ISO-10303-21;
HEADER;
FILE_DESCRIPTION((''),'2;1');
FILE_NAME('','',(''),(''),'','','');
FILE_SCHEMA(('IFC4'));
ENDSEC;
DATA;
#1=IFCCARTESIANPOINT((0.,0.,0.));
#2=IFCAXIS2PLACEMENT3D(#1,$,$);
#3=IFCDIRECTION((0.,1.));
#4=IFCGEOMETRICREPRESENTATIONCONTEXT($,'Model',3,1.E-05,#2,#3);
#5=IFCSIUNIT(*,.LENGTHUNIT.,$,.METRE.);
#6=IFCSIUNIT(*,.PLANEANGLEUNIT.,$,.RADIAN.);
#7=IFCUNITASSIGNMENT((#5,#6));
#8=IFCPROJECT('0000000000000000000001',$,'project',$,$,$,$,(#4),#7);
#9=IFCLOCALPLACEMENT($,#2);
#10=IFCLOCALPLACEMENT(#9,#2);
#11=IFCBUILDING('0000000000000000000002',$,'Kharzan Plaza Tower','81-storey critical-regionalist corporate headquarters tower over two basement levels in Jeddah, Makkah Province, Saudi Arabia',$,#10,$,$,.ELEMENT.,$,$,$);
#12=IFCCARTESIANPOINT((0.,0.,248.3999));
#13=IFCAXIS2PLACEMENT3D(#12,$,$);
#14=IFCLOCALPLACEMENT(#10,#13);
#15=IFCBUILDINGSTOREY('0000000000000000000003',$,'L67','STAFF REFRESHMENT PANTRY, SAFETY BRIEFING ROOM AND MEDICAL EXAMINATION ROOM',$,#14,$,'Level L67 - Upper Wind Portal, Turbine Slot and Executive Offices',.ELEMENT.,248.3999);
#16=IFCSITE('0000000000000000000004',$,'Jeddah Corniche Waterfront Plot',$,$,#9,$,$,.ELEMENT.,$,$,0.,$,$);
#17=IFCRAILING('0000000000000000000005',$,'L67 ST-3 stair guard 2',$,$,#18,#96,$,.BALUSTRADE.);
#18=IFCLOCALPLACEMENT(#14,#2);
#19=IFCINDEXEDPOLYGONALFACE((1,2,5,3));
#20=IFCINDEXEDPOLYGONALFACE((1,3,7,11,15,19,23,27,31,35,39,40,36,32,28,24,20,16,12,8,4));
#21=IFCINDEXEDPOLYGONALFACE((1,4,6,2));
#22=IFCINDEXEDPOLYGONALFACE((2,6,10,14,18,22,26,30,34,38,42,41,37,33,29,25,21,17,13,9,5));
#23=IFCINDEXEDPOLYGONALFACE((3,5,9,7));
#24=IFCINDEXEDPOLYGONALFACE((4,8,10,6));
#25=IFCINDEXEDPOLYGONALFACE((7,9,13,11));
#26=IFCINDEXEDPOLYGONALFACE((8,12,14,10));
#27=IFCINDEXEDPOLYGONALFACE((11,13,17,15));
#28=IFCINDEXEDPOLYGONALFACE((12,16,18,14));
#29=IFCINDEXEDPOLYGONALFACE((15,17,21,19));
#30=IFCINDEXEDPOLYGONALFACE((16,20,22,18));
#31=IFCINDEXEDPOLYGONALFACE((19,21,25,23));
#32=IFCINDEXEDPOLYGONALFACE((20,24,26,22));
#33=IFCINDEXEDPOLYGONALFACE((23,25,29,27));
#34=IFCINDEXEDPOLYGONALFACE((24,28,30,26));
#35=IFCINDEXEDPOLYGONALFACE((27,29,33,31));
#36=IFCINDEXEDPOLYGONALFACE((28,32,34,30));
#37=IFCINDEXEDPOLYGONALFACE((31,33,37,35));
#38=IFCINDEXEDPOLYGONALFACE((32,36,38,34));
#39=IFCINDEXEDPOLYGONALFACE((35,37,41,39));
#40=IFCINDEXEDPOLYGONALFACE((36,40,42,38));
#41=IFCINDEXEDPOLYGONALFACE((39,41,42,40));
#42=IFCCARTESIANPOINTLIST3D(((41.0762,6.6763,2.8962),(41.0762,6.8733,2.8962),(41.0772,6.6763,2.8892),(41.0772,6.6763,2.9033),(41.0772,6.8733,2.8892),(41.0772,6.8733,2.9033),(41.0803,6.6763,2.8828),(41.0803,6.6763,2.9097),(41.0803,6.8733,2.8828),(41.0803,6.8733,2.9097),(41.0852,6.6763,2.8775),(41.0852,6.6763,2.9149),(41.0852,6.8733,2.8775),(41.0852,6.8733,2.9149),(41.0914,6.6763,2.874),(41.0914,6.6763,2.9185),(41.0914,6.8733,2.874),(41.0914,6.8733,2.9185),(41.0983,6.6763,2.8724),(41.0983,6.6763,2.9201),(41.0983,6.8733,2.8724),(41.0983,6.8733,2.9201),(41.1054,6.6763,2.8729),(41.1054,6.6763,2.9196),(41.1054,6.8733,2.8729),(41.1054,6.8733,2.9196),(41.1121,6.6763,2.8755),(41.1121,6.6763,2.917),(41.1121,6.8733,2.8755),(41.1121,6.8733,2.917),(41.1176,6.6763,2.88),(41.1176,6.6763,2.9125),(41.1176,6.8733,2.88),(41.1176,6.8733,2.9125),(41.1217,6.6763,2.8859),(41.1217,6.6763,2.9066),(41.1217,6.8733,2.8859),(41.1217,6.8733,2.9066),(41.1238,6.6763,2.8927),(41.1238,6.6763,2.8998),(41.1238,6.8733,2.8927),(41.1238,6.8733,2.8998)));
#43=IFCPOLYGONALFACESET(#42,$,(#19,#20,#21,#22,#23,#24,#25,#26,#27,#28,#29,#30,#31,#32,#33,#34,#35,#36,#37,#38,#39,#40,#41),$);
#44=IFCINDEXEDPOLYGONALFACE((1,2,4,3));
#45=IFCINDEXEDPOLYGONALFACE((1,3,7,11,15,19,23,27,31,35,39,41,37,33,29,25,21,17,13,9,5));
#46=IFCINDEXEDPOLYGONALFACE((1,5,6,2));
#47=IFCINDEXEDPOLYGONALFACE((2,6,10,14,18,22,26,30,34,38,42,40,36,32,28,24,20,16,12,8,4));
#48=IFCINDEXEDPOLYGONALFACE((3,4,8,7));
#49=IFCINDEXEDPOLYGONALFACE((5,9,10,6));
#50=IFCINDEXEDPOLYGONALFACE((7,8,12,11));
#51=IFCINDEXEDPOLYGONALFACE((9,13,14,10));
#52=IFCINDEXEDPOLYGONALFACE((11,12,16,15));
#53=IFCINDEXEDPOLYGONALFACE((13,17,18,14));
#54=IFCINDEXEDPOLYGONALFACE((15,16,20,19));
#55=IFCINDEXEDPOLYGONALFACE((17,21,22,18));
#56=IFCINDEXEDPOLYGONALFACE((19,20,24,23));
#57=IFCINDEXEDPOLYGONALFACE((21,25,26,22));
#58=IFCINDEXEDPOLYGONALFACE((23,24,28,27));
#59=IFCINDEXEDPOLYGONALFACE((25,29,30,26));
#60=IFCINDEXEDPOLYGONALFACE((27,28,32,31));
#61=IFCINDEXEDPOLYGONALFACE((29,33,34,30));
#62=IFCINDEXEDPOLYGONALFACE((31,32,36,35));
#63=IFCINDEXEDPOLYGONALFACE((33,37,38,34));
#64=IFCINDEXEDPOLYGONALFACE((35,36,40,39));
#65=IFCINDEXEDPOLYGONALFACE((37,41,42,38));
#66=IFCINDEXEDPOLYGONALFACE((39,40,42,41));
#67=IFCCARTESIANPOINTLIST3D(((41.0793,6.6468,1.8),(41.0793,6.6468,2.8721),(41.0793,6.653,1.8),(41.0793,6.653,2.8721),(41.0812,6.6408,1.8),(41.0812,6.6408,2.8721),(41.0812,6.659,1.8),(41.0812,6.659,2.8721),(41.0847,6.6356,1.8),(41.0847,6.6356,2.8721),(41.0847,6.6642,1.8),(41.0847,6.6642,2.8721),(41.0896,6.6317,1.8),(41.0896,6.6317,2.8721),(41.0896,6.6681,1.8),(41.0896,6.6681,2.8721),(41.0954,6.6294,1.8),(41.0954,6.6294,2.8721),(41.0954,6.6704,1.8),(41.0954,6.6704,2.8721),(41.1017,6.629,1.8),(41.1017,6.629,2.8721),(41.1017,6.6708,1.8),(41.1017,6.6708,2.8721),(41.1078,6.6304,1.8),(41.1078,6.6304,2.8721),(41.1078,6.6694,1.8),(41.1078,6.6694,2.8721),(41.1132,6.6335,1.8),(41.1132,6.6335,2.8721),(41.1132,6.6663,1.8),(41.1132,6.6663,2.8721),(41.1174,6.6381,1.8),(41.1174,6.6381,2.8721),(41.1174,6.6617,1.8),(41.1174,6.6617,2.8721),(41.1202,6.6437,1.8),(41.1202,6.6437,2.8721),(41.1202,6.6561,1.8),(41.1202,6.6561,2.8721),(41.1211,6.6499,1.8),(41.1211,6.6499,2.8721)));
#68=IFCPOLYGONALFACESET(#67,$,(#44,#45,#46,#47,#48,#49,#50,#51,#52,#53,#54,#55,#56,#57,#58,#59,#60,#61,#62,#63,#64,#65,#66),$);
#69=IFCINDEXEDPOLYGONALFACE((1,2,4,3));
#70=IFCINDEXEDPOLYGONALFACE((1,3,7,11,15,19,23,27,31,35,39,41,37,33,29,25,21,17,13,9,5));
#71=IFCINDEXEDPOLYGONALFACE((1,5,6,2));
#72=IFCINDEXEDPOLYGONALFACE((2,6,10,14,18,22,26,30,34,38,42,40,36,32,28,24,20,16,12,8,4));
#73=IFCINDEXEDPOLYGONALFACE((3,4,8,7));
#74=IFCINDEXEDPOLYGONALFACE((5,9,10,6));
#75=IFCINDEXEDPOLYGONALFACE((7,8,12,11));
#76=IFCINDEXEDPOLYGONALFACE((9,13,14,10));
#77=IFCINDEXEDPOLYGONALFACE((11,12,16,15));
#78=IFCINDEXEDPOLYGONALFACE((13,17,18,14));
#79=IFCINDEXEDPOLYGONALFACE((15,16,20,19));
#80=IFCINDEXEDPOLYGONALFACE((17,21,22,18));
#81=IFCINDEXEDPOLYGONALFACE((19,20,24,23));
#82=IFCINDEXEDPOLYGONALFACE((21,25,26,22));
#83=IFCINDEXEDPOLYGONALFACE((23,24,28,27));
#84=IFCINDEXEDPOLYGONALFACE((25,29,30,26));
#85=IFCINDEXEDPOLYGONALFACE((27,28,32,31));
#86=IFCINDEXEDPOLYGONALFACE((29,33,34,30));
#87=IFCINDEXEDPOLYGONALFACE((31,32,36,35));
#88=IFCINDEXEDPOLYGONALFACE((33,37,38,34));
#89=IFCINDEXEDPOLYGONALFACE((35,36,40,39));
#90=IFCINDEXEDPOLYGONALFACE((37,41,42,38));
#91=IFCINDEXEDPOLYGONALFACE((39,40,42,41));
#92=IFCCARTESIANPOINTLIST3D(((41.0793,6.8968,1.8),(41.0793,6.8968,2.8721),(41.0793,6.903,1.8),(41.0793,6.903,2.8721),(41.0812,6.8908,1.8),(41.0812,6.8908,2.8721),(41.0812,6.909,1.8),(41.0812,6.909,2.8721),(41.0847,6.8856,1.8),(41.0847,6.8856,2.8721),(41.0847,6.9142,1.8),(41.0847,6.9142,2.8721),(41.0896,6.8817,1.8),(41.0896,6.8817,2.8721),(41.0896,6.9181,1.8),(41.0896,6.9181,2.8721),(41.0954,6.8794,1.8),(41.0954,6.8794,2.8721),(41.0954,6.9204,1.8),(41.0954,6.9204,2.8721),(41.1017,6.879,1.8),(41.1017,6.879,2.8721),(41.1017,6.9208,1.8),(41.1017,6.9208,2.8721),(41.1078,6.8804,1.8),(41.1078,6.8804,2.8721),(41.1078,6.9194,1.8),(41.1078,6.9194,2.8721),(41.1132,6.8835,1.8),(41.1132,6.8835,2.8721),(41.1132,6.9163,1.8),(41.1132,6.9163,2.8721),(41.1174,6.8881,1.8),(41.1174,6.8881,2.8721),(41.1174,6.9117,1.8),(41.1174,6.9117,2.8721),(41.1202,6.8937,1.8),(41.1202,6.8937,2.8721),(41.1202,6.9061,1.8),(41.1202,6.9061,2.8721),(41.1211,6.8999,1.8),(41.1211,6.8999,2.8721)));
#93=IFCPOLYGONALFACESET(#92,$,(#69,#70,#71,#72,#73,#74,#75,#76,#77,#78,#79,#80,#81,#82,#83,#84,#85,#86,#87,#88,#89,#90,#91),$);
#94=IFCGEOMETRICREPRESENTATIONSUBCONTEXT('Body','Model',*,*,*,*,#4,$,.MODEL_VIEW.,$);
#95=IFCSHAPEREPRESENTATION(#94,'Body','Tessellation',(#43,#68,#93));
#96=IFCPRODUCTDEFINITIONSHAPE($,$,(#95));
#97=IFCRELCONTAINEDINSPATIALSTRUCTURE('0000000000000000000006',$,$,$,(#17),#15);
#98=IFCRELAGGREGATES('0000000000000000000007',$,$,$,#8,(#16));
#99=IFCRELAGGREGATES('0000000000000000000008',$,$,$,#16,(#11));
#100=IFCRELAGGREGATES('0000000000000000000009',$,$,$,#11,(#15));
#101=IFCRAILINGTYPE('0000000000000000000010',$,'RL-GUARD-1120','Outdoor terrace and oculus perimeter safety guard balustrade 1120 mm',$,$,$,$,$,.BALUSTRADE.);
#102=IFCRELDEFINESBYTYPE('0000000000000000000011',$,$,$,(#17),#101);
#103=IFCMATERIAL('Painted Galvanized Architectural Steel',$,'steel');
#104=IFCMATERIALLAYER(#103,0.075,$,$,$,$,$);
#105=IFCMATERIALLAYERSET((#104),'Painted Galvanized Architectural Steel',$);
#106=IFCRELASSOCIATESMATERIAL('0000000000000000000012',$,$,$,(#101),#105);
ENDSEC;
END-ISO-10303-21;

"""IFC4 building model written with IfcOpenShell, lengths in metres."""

from ifc_helpers import new_model, si_unit, direction, frame, origin, origin_2d, place, context, subcontext, project, spatial, circle, extrude, source, transform, mapped, material, layer, layer_set, type_object, element, save


model = new_model("IFC4")

# Units and contexts
model_context = context("Model", 3, precision=1e-05, world=origin(), true_north=direction((0.0, 1.0)))
body_context = subcontext(model_context, "Body", "Model", "MODEL_VIEW")
ifc_project = project(units=[si_unit("LENGTHUNIT", "METRE"), si_unit("PLANEANGLEUNIT", "RADIAN")], contexts=[model_context])

# Site, building, storey
site_placement = place(None, origin())
site = spatial("IfcSite", under=ifc_project, at=site_placement, Name="Jeddah Corniche Waterfront Plot", CompositionType="ELEMENT", RefElevation=0.0)
building_placement = place(site_placement, origin())
building = spatial("IfcBuilding", under=site, at=building_placement, Name="Kharzan Plaza Tower", Description="81-storey critical-regionalist corporate headquarters tower over two basement levels in Jeddah, Makkah Province, Saudi Arabia", CompositionType="ELEMENT")
storey_placement = place(building_placement, frame((0.0, 0.0, 248.3999)))
storey = spatial("IfcBuildingStorey", under=building, at=storey_placement, Name="L67", Description="STAFF REFRESHMENT PANTRY, SAFETY BRIEFING ROOM AND MEDICAL EXAMINATION ROOM", LongName="Level L67 - Upper Wind Portal, Turbine Slot and Executive Offices", CompositionType="ELEMENT", Elevation=248.3999)

# Railing
ifc_material_1 = material(Name="Painted Galvanized Architectural Steel", Category="steel")
ifc_layer_1 = layer(ifc_material_1, 0.075)
ifc_layer_set_1 = layer_set([ifc_layer_1], Name="Painted Galvanized Architectural Steel")
railing_type_1 = type_object("IfcRailingType", Name="RL-GUARD-1120", Description="Outdoor terrace and oculus perimeter safety guard balustrade 1120 mm", PredefinedType="BALUSTRADE", material=ifc_layer_set_1)
shared_shape_1 = source(origin(), body_context, "Body", "SweptSolid", [
    extrude(circle(Radius=0.0239, at=origin_2d()), frame((0.0, 0.0264, 1.0962), z_axis=(0.0, 1.0, 0.0), x_axis=(-1.0, 0.0, 0.0)), (0.0, 0.0, 1.0), 0.197),
    extrude(circle(Radius=0.021, at=origin_2d()), origin(), (0.0, 0.0, 1.0), 1.072),
    extrude(circle(Radius=0.021, at=origin_2d()), frame((0.0, 0.25, 0.0)), (0.0, 0.0, 1.0), 1.072),
])
railing_1_placement = place(storey_placement, frame((41.1001, 6.6499, 1.8)))
element("IfcRailing", 1, at=railing_1_placement, inside=storey, type_object=railing_type_1, Name="L67 ST-3 stair guard 2", PredefinedType="BALUSTRADE", context=body_context, shape_type="MappedRepresentation", body=[
    mapped(shared_shape_1, transform((0.0, 0.0, 0.0), x_axis=(1.0, 0.0, 0.0), y_axis=(0.0, 1.0, 0.0), z_axis=(0.0, 0.0, 1.0))),
])

save(model, "model.ifc")
